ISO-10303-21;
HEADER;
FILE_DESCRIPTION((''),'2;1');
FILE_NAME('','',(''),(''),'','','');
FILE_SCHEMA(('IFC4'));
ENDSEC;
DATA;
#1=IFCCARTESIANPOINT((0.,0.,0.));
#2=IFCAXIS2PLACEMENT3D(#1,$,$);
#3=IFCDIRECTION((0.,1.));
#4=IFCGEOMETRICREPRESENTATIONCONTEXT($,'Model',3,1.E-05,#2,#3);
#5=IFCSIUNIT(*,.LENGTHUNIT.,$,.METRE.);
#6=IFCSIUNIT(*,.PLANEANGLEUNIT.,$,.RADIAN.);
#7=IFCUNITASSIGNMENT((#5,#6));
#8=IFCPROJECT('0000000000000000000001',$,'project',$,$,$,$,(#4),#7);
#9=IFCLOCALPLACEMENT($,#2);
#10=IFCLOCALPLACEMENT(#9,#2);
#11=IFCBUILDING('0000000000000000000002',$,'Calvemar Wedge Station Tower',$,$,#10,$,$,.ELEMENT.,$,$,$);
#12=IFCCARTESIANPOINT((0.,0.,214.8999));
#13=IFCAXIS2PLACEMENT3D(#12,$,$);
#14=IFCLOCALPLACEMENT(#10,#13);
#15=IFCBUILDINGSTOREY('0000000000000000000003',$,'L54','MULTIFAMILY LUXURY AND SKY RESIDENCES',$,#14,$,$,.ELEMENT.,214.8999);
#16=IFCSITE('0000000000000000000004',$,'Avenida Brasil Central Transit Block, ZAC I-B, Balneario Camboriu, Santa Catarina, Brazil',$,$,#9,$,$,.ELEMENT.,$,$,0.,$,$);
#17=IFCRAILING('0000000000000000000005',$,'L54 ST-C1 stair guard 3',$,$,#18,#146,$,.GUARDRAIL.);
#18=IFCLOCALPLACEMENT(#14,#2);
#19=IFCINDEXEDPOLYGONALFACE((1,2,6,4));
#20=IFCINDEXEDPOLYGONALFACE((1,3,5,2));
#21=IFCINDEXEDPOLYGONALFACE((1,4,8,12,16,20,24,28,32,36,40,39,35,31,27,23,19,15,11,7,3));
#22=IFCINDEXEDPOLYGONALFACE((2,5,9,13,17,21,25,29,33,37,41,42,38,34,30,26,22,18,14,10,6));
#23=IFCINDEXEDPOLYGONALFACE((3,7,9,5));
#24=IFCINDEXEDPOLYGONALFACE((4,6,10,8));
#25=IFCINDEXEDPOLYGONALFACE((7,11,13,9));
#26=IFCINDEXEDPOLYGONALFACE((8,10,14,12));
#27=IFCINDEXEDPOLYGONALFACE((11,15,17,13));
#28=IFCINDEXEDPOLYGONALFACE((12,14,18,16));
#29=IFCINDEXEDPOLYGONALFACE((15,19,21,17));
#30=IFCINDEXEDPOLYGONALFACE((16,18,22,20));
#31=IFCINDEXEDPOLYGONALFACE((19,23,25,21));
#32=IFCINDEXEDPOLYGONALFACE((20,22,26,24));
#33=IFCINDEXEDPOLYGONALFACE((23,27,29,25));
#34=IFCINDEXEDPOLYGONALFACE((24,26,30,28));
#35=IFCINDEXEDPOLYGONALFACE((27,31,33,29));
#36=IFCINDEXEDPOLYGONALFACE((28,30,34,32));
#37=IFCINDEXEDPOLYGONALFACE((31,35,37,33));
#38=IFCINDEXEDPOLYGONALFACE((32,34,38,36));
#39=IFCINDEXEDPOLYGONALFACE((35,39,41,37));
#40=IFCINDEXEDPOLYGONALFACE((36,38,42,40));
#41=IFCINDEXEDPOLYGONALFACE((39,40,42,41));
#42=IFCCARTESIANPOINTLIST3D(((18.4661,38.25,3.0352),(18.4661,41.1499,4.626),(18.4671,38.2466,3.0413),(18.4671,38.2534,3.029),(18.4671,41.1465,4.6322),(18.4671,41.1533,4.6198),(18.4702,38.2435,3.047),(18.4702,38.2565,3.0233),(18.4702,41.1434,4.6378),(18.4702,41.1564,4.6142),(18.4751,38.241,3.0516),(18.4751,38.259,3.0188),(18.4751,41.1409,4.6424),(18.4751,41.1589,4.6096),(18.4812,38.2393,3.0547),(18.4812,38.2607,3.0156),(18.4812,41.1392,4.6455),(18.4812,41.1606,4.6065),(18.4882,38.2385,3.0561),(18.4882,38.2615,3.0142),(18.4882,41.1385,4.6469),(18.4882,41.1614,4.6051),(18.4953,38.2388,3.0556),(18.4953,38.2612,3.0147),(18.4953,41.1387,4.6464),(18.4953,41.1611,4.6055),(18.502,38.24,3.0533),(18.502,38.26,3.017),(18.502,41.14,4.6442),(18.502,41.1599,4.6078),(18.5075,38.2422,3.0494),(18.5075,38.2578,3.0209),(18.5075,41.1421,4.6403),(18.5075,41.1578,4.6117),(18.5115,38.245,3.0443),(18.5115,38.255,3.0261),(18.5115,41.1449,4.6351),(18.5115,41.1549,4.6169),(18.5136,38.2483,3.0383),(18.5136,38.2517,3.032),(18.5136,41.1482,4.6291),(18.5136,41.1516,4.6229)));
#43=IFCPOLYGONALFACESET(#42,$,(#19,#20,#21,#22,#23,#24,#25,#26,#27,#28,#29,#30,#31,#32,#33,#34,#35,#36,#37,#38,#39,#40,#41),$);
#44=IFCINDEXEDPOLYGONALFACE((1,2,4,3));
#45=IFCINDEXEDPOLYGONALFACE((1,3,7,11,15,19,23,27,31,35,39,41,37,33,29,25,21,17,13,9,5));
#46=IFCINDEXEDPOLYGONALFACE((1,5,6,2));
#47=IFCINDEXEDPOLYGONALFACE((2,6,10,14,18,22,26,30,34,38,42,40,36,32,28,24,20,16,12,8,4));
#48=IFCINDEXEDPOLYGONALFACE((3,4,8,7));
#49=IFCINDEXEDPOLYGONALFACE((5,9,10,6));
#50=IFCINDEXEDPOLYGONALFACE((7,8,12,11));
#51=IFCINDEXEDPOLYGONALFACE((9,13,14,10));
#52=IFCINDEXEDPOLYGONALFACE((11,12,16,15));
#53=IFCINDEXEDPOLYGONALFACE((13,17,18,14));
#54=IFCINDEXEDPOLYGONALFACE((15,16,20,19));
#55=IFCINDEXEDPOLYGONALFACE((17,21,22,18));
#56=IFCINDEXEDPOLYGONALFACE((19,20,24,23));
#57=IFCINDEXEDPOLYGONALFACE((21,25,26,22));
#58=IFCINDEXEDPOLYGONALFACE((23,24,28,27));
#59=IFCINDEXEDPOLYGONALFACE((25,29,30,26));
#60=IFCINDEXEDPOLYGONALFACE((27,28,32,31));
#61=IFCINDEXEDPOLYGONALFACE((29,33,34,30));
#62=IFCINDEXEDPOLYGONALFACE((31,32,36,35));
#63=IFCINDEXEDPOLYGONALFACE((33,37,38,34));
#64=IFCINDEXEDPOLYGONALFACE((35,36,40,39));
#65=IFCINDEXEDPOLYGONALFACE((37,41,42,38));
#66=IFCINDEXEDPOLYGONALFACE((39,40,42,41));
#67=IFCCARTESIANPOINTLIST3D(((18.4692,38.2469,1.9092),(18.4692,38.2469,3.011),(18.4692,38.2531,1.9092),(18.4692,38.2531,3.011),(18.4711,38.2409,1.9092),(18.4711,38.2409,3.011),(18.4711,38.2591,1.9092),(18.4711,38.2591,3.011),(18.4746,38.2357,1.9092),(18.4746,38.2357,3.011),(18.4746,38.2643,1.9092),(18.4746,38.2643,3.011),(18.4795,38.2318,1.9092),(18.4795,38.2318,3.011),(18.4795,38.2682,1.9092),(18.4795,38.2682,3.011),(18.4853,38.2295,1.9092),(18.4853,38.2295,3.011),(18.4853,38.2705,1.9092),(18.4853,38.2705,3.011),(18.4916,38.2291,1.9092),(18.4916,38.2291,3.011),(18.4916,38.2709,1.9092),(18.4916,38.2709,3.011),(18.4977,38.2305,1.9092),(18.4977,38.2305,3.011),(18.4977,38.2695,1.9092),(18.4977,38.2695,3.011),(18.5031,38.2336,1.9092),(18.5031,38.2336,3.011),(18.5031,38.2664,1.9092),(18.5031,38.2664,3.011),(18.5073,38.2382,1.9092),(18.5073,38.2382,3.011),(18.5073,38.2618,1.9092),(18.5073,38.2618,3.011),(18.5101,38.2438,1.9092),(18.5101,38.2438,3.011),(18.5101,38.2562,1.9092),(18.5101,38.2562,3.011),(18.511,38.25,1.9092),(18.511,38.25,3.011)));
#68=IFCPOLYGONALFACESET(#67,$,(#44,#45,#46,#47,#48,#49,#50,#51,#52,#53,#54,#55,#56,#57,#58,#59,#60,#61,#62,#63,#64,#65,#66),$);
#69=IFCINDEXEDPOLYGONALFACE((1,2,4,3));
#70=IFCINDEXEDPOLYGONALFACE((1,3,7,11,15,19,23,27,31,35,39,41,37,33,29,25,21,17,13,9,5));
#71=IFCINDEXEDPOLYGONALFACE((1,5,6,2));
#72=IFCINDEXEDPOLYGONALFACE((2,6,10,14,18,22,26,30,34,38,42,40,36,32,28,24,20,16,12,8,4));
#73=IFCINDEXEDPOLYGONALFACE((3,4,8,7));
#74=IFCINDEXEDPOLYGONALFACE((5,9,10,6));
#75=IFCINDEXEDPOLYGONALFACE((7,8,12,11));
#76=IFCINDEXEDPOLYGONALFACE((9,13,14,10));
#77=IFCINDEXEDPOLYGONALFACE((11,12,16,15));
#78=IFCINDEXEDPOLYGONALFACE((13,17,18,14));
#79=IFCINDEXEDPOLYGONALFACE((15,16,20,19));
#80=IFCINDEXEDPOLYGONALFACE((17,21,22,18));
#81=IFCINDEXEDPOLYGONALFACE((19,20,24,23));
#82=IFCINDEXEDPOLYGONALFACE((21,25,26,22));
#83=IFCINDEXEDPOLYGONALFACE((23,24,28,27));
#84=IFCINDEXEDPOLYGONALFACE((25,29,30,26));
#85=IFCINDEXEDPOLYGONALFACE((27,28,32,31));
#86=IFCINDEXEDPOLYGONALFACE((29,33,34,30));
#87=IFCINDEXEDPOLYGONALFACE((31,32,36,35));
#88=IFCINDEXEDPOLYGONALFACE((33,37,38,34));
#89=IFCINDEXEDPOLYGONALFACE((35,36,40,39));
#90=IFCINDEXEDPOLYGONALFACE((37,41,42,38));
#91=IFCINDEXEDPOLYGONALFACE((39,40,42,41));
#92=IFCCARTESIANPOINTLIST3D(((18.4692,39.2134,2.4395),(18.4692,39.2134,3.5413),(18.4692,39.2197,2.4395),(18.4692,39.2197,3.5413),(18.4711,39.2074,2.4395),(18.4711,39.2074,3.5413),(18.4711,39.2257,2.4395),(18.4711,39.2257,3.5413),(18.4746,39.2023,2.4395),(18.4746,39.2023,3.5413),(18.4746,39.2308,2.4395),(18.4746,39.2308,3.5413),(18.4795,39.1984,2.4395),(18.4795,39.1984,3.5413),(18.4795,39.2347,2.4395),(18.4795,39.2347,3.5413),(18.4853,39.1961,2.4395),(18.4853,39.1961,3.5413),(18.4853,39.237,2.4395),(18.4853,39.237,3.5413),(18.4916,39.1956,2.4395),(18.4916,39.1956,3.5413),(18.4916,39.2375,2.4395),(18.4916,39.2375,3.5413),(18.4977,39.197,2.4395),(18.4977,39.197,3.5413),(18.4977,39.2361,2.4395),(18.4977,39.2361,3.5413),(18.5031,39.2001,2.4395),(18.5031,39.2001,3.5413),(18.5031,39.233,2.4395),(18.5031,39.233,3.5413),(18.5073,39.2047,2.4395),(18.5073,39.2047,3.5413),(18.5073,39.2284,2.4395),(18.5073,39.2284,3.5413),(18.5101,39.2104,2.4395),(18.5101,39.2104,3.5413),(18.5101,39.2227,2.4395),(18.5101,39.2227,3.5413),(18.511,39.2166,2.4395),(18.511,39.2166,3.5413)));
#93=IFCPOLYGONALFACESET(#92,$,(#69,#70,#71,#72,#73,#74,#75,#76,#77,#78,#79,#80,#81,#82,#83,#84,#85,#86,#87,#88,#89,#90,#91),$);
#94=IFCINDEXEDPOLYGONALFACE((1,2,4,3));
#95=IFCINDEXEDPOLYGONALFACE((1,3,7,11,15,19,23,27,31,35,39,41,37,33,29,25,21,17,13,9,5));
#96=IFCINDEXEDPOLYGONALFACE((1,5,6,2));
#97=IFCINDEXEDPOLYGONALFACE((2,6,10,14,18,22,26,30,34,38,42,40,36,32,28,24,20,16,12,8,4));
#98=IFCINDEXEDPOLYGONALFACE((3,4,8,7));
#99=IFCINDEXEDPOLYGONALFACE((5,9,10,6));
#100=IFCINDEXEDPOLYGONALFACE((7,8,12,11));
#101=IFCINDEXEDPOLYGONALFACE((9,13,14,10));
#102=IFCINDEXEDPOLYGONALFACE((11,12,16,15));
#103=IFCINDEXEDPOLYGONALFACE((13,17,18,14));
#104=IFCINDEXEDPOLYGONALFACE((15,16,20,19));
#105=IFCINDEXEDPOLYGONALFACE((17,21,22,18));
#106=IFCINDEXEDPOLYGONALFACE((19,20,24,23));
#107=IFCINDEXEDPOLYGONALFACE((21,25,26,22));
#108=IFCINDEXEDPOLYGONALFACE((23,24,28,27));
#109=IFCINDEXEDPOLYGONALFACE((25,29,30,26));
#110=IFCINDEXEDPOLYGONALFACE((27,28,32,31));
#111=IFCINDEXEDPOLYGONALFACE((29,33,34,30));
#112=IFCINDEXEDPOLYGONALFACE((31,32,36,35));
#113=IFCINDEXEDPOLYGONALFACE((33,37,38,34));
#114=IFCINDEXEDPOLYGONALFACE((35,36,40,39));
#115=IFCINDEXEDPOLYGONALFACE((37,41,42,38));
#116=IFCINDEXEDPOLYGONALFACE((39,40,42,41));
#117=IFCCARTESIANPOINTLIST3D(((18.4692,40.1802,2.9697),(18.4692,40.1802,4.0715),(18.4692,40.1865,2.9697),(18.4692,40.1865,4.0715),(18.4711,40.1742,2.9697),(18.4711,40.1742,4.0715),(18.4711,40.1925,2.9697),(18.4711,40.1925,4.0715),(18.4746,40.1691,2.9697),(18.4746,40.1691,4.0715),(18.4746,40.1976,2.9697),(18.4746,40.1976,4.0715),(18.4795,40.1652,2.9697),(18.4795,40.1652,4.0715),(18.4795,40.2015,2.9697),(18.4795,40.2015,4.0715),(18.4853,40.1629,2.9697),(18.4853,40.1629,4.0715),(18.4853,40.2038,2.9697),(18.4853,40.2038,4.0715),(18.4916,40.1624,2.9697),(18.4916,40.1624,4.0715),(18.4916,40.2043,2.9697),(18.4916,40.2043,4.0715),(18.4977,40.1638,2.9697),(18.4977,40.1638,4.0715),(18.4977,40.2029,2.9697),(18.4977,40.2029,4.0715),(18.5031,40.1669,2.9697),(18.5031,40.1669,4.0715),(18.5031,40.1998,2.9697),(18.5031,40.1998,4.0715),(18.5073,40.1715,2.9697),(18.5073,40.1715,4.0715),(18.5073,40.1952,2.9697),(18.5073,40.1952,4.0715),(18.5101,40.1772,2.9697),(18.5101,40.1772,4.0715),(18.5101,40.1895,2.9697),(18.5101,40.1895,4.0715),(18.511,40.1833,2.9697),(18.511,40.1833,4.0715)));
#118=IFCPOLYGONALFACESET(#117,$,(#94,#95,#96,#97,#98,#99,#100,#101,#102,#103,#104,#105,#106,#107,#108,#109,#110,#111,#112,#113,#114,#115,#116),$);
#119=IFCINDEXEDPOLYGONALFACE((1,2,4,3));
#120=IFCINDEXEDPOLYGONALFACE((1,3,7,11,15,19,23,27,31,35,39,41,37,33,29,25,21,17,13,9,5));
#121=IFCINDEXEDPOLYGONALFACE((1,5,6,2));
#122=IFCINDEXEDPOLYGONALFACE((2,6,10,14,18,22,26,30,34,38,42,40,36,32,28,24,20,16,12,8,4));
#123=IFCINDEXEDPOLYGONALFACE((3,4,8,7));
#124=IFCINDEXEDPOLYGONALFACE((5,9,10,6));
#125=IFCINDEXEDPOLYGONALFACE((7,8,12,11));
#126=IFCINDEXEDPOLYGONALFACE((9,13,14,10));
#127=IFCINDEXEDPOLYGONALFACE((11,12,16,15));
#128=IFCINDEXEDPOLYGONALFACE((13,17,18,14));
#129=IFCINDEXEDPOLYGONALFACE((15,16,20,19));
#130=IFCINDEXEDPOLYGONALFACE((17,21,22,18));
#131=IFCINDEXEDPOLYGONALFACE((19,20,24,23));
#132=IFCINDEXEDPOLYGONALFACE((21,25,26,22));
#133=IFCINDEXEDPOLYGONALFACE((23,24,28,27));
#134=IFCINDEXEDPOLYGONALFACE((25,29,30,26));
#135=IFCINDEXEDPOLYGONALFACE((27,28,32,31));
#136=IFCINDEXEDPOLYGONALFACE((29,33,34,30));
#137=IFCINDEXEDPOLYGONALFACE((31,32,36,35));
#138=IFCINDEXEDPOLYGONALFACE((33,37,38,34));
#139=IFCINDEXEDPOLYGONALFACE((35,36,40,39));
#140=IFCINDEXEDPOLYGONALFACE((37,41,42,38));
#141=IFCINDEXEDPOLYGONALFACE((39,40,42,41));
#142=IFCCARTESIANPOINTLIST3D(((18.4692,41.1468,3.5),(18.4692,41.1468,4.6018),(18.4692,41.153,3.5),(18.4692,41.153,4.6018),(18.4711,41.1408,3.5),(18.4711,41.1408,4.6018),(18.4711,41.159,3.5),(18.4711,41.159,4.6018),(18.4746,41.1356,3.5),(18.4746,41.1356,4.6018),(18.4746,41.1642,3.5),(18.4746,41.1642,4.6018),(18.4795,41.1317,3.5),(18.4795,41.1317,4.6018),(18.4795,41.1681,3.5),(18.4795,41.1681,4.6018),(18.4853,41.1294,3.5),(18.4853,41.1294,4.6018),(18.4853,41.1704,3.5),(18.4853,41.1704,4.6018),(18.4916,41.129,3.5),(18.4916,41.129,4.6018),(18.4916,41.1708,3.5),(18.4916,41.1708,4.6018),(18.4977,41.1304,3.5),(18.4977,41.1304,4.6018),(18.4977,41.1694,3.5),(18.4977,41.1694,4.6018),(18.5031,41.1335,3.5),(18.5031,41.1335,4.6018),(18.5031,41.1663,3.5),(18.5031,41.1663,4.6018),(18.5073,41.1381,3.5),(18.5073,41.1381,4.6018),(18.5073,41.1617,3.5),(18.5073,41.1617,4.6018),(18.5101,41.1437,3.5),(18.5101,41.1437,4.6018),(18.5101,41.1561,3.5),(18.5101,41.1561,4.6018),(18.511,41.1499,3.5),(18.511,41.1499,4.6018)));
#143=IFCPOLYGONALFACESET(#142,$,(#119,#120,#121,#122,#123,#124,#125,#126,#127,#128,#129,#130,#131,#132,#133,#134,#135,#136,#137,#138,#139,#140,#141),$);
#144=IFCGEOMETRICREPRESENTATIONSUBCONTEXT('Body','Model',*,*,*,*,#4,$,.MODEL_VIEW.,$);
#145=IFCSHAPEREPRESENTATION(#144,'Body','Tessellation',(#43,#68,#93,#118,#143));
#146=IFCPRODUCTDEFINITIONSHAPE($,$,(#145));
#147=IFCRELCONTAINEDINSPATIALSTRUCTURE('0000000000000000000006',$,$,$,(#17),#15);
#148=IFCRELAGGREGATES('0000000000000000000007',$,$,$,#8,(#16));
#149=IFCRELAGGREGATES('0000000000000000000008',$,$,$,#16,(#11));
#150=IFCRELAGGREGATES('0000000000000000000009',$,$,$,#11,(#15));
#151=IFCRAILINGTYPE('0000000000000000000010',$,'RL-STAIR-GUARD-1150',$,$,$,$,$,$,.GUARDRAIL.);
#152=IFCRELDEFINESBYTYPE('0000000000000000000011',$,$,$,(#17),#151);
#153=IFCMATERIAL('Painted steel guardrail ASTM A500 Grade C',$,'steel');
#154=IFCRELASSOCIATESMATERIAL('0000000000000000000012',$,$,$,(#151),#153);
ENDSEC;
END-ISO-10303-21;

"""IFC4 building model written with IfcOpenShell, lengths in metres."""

from ifc_helpers import new_model, si_unit, direction, frame, origin, origin_2d, place, context, subcontext, project, spatial, circle, extrude, material, type_object, element, save


model = new_model("IFC4")

# Units and contexts
model_context = context("Model", 3, precision=1e-05, world=origin(), true_north=direction((0.0, 1.0)))
body_context = subcontext(model_context, "Body", "Model", "MODEL_VIEW")
ifc_project = project(units=[si_unit("LENGTHUNIT", "METRE"), si_unit("PLANEANGLEUNIT", "RADIAN")], contexts=[model_context])

# Site, building, storey
site_placement = place(None, origin())
site = spatial("IfcSite", under=ifc_project, at=site_placement, Name="Avenida Brasil Central Transit Block, ZAC I-B, Balneario Camboriu, Santa Catarina, Brazil", CompositionType="ELEMENT", RefElevation=0.0)
building_placement = place(site_placement, origin())
building = spatial("IfcBuilding", under=site, at=building_placement, Name="Calvemar Wedge Station Tower", CompositionType="ELEMENT")
storey_placement = place(building_placement, frame((0.0, 0.0, 214.8999)))
storey = spatial("IfcBuildingStorey", under=building, at=storey_placement, Name="L54", Description="MULTIFAMILY LUXURY AND SKY RESIDENCES", CompositionType="ELEMENT", Elevation=214.8999)

# Railing
ifc_material_1 = material(Name="Painted steel guardrail ASTM A500 Grade C", Category="steel")
railing_type_1 = type_object("IfcRailingType", Name="RL-STAIR-GUARD-1150", PredefinedType="GUARDRAIL", material=ifc_material_1)
railing_1_placement = place(storey_placement, frame((18.49, 38.25, 1.9092)))
element("IfcRailing", 1, at=railing_1_placement, inside=storey, type_object=railing_type_1, Name="L54 ST-C1 stair guard 3", PredefinedType="GUARDRAIL", context=body_context, shape_type="SweptSolid", body=[
    extrude(circle(Radius=0.0239, at=origin_2d()), frame((0.0, 0.0, 1.126), z_axis=(0.0, 0.876742, 0.480961), x_axis=(-1.0, 0.0, 0.0)), (0.0, 0.0, 1.0), 3.3076),
    extrude(circle(Radius=0.021, at=origin_2d()), origin(), (0.0, 0.0, 1.0), 1.1018),
    extrude(circle(Radius=0.021, at=origin_2d()), frame((0.0, 0.9666, 0.5303)), (0.0, 0.0, 1.0), 1.1018),
    extrude(circle(Radius=0.021, at=origin_2d()), frame((0.0, 1.9333, 1.0605)), (0.0, 0.0, 1.0), 1.1018),
    extrude(circle(Radius=0.021, at=origin_2d()), frame((0.0, 2.8999, 1.5908)), (0.0, 0.0, 1.0), 1.1018),
])

save(model, "model.ifc")
